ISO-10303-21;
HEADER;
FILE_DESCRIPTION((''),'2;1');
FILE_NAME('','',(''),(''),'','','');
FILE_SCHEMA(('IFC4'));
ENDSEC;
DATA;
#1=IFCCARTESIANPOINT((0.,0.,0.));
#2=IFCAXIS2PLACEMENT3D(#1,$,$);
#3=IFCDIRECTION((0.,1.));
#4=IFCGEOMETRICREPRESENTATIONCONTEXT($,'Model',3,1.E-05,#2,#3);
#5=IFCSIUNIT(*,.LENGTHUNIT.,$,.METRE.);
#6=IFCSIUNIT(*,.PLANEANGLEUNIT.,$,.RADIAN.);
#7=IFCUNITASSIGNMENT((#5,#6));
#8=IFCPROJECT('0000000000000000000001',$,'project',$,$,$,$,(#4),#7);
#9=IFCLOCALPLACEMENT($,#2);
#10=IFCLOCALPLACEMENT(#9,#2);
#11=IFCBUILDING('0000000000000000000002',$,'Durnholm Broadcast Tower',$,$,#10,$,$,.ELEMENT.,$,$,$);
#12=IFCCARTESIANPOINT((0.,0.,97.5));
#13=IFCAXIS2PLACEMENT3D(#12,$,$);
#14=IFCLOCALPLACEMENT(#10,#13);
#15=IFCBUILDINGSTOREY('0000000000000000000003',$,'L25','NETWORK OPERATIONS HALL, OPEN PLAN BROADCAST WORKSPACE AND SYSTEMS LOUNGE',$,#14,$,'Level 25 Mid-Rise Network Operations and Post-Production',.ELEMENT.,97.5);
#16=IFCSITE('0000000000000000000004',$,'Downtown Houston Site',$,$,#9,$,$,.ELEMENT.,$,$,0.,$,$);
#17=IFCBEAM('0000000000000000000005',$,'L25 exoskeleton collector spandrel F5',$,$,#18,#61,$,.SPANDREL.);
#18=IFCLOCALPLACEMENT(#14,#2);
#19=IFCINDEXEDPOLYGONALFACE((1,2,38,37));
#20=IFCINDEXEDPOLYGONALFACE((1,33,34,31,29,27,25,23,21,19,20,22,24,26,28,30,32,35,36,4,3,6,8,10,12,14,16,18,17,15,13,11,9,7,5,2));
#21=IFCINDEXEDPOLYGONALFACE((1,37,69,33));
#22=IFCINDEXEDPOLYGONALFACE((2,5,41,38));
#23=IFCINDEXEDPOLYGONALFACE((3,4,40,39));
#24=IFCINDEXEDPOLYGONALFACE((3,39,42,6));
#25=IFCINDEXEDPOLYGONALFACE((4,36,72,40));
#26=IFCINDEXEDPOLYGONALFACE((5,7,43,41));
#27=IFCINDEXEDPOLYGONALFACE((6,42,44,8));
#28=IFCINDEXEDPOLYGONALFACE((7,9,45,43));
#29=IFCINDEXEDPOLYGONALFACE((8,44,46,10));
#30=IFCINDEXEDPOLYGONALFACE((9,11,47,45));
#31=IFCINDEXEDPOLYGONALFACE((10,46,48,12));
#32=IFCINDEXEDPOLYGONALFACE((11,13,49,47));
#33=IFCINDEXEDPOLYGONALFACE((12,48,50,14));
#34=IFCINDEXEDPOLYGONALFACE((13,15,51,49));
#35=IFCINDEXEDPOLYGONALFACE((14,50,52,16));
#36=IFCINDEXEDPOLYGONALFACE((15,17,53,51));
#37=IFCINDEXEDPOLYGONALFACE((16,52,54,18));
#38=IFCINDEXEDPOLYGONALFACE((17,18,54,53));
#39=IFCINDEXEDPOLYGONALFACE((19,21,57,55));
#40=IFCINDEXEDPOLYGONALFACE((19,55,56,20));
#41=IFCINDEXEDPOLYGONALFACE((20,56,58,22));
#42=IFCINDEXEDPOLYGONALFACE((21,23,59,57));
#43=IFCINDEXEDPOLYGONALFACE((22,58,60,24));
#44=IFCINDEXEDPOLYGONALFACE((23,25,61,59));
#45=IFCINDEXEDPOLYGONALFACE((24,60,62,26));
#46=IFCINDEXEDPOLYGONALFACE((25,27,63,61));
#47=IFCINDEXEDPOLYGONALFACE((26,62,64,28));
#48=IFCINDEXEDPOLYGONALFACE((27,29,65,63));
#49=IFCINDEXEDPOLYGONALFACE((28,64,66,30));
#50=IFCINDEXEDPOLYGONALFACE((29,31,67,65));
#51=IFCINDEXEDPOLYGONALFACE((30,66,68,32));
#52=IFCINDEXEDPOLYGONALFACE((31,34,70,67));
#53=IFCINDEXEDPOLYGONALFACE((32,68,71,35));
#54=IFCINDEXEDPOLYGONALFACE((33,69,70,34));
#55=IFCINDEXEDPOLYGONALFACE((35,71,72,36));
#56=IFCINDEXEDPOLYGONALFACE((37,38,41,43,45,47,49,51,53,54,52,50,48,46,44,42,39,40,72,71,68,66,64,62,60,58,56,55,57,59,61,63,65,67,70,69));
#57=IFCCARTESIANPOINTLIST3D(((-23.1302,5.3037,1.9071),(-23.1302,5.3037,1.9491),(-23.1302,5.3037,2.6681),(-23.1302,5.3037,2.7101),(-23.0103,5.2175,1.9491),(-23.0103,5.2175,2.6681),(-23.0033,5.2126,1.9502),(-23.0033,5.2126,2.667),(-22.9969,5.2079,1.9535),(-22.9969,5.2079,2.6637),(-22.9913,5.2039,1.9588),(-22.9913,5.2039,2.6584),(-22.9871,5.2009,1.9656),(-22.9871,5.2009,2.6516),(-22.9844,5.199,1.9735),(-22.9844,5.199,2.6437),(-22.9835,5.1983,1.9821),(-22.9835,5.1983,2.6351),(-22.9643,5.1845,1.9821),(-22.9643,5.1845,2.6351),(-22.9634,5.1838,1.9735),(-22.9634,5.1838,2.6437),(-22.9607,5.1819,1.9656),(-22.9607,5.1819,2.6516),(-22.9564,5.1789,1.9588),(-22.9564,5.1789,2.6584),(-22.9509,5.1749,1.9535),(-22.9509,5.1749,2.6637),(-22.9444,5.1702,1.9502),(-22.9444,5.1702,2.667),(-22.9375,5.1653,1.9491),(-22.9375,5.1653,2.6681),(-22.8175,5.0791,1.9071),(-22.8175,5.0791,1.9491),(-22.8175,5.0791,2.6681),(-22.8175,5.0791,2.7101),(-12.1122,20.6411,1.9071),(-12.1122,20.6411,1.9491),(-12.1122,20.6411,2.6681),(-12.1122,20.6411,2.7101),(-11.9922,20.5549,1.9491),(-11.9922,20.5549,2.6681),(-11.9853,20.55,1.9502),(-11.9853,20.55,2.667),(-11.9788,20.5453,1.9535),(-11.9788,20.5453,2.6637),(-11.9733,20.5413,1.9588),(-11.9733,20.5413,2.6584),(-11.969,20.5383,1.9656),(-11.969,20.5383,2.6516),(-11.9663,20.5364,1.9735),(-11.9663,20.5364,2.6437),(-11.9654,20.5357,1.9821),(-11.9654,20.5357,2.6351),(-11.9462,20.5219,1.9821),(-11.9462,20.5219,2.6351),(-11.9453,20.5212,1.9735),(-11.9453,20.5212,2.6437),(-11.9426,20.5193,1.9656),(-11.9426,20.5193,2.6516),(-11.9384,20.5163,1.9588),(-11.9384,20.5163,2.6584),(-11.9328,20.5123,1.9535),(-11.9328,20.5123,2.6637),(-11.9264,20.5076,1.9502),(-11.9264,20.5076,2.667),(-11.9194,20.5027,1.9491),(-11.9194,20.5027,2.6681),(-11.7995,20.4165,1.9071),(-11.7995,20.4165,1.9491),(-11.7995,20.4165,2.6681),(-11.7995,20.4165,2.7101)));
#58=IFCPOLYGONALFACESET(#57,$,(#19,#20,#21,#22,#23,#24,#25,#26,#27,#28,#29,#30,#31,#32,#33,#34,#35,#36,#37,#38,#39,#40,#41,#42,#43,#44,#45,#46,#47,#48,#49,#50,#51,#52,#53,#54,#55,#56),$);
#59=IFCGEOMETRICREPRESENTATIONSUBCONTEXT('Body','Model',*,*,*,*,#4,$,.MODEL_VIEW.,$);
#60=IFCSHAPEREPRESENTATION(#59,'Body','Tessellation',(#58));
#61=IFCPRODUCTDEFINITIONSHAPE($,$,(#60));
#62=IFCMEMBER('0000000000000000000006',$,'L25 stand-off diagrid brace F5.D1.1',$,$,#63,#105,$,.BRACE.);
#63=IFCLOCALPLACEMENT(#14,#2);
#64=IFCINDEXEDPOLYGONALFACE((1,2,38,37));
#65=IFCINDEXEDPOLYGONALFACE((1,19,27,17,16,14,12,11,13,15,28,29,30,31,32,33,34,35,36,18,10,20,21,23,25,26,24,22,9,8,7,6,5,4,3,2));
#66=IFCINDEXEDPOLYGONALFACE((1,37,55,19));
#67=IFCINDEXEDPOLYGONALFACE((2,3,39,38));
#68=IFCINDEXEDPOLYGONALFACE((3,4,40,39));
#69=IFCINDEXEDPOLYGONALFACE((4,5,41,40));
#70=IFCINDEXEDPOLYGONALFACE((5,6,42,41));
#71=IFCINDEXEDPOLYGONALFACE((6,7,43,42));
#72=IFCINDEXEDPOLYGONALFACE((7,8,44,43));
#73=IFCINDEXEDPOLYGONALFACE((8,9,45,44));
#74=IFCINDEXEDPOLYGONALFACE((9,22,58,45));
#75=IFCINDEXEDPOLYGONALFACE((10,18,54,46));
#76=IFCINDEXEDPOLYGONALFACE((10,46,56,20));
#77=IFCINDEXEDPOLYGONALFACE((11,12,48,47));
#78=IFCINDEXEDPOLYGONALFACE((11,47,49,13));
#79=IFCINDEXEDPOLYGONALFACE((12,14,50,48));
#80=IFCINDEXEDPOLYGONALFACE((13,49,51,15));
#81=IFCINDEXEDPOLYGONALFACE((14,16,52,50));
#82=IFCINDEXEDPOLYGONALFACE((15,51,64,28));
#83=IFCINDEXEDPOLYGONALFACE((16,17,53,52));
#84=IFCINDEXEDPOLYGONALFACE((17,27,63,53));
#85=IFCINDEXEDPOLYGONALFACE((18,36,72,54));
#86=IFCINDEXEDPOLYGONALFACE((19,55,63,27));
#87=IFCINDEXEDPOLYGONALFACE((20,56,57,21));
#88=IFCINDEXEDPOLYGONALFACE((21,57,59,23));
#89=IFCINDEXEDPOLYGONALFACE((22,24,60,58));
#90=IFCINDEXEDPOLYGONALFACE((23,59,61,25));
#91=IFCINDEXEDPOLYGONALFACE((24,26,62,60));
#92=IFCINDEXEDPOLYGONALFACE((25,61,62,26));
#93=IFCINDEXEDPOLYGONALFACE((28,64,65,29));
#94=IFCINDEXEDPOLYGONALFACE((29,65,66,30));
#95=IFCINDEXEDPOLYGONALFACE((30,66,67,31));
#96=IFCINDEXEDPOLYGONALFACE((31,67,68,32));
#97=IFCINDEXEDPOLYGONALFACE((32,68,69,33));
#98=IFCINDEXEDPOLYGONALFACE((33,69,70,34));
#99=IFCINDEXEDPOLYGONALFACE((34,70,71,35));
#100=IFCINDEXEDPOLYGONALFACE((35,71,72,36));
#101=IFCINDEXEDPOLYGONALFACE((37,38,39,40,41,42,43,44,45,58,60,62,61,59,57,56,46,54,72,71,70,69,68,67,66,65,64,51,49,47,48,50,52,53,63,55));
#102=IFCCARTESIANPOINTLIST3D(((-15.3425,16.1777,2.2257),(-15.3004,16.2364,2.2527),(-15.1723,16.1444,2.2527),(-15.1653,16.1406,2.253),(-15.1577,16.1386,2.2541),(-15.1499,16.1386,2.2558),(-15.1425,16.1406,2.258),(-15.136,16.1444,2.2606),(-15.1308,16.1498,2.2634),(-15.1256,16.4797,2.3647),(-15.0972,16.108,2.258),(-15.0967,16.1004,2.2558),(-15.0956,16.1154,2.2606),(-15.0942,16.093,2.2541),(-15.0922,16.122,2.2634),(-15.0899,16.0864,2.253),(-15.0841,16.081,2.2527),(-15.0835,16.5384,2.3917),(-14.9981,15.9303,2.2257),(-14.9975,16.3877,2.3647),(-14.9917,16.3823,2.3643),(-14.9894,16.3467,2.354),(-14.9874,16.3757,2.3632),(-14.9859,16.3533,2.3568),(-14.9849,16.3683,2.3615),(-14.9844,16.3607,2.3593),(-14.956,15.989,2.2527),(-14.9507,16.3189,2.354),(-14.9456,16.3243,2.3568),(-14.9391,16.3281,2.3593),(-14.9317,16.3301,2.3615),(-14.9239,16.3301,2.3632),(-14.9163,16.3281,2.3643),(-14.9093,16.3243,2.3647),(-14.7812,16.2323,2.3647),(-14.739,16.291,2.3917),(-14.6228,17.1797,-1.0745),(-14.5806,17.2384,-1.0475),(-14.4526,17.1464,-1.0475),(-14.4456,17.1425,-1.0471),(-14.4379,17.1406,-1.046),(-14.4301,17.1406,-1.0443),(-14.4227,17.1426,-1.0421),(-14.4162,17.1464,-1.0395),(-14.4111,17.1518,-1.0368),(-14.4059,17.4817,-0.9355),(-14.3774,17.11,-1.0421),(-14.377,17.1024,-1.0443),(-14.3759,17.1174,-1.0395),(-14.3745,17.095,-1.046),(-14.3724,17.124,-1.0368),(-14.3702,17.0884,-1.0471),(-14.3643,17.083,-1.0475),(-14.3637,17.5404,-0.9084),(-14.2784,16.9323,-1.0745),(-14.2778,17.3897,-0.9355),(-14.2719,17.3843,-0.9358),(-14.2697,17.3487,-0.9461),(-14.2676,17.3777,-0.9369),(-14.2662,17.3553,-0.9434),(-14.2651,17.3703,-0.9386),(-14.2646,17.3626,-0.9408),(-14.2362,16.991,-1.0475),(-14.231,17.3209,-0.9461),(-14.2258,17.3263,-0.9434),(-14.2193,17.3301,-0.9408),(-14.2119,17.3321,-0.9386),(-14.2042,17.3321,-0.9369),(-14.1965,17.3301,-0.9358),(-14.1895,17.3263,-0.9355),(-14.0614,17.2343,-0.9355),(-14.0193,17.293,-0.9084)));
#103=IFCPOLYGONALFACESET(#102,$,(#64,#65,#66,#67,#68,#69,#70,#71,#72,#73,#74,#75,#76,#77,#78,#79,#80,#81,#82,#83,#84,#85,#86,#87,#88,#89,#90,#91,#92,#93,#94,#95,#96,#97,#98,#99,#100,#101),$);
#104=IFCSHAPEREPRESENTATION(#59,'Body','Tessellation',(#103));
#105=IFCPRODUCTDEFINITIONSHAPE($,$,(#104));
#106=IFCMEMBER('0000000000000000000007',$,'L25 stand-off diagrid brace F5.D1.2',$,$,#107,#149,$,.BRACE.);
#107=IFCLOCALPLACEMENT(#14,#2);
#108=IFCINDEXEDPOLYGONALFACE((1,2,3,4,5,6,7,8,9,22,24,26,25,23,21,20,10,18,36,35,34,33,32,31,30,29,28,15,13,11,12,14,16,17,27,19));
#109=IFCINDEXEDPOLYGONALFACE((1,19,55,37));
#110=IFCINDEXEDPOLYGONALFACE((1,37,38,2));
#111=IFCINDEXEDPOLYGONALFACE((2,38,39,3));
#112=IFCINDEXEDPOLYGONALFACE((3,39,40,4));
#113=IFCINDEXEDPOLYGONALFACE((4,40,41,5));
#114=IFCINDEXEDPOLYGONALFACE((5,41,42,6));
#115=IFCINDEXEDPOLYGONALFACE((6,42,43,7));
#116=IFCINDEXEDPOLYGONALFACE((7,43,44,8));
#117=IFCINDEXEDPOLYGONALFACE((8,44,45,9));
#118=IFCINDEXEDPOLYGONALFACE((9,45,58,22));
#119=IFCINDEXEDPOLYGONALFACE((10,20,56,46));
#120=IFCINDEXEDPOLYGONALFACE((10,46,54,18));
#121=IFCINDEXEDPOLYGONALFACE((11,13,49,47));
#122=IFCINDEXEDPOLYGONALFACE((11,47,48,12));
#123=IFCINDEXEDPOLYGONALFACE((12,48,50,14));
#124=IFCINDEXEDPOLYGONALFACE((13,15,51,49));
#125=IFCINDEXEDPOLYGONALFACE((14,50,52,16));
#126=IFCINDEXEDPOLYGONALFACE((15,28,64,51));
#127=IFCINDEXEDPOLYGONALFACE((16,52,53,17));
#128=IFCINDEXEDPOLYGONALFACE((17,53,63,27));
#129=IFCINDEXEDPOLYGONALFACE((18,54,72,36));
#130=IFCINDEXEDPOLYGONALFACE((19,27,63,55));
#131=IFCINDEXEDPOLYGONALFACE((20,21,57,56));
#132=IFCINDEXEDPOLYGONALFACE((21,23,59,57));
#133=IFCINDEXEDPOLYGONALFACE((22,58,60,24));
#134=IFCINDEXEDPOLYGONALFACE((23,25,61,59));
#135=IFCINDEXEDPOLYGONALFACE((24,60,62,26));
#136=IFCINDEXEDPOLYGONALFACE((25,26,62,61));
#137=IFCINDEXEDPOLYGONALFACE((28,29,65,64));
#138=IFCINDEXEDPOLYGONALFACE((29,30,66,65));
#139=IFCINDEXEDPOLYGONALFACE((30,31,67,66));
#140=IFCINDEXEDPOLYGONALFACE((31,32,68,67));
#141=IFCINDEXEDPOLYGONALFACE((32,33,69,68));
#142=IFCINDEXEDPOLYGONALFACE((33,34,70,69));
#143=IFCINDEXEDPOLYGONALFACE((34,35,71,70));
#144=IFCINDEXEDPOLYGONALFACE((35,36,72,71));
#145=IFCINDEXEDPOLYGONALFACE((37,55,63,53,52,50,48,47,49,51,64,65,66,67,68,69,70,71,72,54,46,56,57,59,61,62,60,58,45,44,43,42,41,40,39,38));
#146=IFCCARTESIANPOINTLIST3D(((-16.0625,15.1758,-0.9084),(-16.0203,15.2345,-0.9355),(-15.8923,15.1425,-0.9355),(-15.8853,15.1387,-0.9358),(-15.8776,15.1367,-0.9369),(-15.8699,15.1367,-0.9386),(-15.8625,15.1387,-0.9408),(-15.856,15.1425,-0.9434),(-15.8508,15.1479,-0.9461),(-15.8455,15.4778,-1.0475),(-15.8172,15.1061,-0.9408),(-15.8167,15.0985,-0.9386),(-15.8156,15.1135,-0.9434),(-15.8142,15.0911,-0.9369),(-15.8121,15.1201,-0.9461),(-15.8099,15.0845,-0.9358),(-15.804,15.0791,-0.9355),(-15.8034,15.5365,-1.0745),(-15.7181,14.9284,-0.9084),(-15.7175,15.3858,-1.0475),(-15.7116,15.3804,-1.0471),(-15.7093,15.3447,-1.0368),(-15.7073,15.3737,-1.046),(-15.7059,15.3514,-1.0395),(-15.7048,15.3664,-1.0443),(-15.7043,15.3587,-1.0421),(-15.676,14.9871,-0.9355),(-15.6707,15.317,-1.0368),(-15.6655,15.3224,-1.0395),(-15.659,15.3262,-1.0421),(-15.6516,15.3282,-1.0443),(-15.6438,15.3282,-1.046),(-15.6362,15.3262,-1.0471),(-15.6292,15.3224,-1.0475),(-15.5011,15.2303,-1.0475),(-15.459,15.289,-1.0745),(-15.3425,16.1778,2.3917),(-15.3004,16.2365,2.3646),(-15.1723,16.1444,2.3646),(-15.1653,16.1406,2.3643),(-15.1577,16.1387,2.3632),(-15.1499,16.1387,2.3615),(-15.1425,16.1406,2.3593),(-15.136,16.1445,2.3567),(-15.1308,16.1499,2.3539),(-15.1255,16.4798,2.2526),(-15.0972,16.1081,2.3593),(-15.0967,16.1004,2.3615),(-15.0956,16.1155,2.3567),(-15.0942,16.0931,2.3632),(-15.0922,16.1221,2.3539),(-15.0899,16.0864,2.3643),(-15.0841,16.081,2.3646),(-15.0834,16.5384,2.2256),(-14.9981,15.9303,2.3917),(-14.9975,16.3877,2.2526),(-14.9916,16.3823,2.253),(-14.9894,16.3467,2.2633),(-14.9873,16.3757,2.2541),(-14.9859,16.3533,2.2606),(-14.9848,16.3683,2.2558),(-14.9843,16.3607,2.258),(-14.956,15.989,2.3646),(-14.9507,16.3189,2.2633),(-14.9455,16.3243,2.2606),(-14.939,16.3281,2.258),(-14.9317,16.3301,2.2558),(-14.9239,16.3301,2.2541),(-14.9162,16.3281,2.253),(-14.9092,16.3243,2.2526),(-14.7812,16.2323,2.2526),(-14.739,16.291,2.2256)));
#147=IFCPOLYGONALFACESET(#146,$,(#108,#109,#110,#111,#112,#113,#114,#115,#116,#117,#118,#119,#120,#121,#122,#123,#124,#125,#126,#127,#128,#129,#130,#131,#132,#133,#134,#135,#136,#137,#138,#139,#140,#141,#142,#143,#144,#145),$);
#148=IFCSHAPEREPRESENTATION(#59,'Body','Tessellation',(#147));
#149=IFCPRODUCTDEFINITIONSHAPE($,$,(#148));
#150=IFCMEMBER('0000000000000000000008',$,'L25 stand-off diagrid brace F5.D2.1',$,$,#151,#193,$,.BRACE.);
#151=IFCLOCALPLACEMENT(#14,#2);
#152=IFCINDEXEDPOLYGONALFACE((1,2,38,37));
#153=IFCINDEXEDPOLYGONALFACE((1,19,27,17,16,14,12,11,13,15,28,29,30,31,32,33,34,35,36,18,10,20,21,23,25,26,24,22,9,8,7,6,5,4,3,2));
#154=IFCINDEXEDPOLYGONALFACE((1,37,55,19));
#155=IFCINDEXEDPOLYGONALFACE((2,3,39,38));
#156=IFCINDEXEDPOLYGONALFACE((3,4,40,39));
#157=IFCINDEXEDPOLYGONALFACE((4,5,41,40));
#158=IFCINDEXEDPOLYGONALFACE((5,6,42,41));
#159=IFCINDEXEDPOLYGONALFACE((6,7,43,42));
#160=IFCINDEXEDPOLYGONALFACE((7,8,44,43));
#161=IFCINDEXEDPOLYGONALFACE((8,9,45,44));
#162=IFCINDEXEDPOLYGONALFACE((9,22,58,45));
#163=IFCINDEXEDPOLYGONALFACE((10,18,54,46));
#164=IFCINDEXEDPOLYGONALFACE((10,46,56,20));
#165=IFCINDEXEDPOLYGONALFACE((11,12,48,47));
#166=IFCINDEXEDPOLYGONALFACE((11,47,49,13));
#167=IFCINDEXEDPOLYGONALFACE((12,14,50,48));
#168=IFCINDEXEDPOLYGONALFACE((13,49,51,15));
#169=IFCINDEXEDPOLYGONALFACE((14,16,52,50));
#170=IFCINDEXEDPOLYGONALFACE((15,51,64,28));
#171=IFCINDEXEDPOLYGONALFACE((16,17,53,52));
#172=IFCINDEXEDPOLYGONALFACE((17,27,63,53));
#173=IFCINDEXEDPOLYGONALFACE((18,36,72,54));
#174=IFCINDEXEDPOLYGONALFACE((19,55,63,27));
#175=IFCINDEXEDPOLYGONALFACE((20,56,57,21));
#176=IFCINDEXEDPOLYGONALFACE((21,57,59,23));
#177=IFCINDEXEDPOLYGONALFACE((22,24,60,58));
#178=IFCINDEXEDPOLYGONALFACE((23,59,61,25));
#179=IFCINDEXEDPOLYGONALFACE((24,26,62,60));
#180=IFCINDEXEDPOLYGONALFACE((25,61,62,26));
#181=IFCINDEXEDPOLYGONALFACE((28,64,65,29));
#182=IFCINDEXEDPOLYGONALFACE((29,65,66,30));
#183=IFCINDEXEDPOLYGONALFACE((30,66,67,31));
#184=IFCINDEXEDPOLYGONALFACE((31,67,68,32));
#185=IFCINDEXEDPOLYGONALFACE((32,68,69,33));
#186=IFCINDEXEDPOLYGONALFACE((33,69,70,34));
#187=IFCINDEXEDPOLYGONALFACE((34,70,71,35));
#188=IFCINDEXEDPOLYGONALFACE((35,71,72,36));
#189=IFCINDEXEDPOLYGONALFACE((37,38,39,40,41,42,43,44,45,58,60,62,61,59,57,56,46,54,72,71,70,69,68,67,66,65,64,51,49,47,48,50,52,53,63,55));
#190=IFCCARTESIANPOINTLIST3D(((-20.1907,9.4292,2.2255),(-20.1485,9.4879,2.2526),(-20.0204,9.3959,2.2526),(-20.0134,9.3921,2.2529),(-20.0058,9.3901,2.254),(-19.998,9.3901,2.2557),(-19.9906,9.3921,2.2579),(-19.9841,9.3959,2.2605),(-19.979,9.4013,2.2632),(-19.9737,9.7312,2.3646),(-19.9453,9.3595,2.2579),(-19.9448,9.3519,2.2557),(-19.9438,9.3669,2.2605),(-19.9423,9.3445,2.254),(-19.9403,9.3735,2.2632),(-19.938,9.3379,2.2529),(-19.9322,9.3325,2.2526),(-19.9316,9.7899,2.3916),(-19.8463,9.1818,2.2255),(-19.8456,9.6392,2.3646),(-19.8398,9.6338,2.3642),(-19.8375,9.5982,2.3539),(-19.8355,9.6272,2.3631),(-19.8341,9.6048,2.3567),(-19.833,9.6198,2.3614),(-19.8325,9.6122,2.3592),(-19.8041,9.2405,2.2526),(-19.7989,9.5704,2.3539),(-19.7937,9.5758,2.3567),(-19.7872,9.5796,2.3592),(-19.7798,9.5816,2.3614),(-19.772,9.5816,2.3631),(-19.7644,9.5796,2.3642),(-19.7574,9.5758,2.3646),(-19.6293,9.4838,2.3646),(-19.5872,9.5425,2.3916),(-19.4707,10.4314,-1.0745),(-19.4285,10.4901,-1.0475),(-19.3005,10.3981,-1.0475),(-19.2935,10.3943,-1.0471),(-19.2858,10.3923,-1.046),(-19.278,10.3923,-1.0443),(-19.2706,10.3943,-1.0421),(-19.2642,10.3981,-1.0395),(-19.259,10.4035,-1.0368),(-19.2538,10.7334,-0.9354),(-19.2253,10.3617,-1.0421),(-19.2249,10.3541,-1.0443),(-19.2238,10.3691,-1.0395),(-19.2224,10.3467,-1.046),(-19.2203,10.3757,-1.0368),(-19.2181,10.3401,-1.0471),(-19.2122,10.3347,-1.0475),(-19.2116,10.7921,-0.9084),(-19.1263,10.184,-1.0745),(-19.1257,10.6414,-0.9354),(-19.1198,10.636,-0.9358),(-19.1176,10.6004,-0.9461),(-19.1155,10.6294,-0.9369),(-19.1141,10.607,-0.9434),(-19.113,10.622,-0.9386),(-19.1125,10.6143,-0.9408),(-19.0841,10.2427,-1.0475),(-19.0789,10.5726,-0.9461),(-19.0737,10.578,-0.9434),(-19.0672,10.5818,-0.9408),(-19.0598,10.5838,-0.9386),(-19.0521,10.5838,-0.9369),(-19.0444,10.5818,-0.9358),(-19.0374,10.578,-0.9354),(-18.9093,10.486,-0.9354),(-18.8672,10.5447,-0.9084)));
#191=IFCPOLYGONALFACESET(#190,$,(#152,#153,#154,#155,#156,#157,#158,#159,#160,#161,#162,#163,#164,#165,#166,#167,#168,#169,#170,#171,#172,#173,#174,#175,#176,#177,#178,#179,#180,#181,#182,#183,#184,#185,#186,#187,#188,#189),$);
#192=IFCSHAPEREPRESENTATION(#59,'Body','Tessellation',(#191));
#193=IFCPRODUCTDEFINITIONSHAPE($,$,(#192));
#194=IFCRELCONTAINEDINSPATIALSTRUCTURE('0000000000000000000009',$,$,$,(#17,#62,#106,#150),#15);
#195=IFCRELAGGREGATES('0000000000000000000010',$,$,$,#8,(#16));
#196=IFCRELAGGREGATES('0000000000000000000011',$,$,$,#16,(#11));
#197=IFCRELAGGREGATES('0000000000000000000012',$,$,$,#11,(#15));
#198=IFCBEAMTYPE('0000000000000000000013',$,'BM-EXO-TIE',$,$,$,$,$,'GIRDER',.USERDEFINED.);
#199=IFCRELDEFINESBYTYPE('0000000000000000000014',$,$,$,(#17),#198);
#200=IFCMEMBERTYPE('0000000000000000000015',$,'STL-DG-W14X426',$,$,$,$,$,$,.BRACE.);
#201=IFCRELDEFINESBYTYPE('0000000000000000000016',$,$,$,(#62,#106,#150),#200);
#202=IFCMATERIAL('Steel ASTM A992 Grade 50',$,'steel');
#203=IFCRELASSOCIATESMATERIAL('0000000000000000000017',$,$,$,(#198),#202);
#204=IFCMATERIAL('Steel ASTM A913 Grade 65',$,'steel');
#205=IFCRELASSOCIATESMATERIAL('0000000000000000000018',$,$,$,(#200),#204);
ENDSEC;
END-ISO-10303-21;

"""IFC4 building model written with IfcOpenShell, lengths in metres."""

from ifc_helpers import new_model, si_unit, direction, frame, origin, origin_2d, place, context, subcontext, project, spatial, i_section, extrude, source, transform, mapped, material, material_profile, profile_set, type_object, type_shapes, element, save


model = new_model("IFC4")

# Units and contexts
model_context = context("Model", 3, precision=1e-05, world=origin(), true_north=direction((0.0, 1.0)))
body_context = subcontext(model_context, "Body", "Model", "MODEL_VIEW")
ifc_project = project(units=[si_unit("LENGTHUNIT", "METRE"), si_unit("PLANEANGLEUNIT", "RADIAN")], contexts=[model_context])

# Site, building, storey
site_placement = place(None, origin())
site = spatial("IfcSite", under=ifc_project, at=site_placement, Name="Downtown Houston Site", CompositionType="ELEMENT", RefElevation=0.0)
building_placement = place(site_placement, origin())
building = spatial("IfcBuilding", under=site, at=building_placement, Name="Durnholm Broadcast Tower", CompositionType="ELEMENT")
storey_placement = place(building_placement, frame((0.0, 0.0, 97.5)))
storey = spatial("IfcBuildingStorey", under=building, at=storey_placement, Name="L25", Description="NETWORK OPERATIONS HALL, OPEN PLAN BROADCAST WORKSPACE AND SYSTEMS LOUNGE", LongName="Level 25 Mid-Rise Network Operations and Post-Production", CompositionType="ELEMENT", Elevation=97.5)

# Beam
ifc_material_1 = material(Name="Steel ASTM A992 Grade 50", Category="steel")
ifc_material_profile_1 = material_profile(ifc_material_1, i_section(OverallWidth=0.385, OverallDepth=0.803, WebThickness=0.0237, FlangeThickness=0.042, FilletRadius=0.033, at=origin_2d()), Name="W30X261")
ifc_profile_set_1 = profile_set([ifc_material_profile_1], Name="Steel ASTM A992 Grade 50")
beam_type_1 = type_object("IfcBeamType", Name="BM-EXO-TIE", ElementType="GIRDER", PredefinedType="USERDEFINED", material=ifc_profile_set_1)
shared_shape_1 = source(origin(), body_context, "Body", "SweptSolid", [
    extrude(i_section(OverallWidth=0.385, OverallDepth=0.803, WebThickness=0.0237, FlangeThickness=0.042, FilletRadius=0.033, at=origin_2d()), origin(), (0.0, 0.0, 1.0), 18.8848),
])
beam_1_placement = place(storey_placement, frame((-11.9558, 20.5288, 2.3086), z_axis=(-0.583437, -0.812158, 0.0), x_axis=(0.812158, -0.583437, 0.0)))
element("IfcBeam", 1, at=beam_1_placement, inside=storey, type_object=beam_type_1, Name="L25 exoskeleton collector spandrel F5", PredefinedType="SPANDREL", context=body_context, shape_type="MappedRepresentation", body=[
    mapped(shared_shape_1, transform((0.0, 0.0, 0.0), x_axis=(1.0, 0.0, 0.0), y_axis=(0.0, 1.0, 0.0), z_axis=(0.0, 0.0, 1.0), scale=1.0)),
])

# Members
ifc_material_2 = material(Name="Steel ASTM A913 Grade 65", Category="steel")
ifc_material_profile_2 = material_profile(ifc_material_2, i_section(OverallWidth=0.4241, OverallDepth=0.4741, WebThickness=0.0476, FlangeThickness=0.0771, FilletRadius=0.0305, at=origin_2d()), Name="W14X426")
ifc_profile_set_2 = profile_set([ifc_material_profile_2], Name="Steel ASTM A913 Grade 65")
member_type_1 = type_object("IfcMemberType", Name="STL-DG-W14X426", PredefinedType="BRACE", material=ifc_profile_set_2)
shared_shape_2 = source(origin(), body_context, "Body", "SweptSolid", [
    extrude(i_section(OverallWidth=0.4241, OverallDepth=0.4741, WebThickness=0.0476, FlangeThickness=0.0771, FilletRadius=0.0305, at=origin_2d()), origin(), (0.0, 0.0, 1.0), 3.5232),
])
type_shapes(member_type_1, [shared_shape_2])
for number, where, z_axis, x_axis, name in (
    (2, (-14.321, 17.2363, -0.9915), (-0.204288, -0.284395, 0.936689), (0.812179, -0.583408, 0.0), "L25 stand-off diagrid brace F5.D1.1"),
    (3, (-15.7607, 15.2324, -0.9915), (0.204354, 0.284391, 0.936675), (-0.812086, 0.583538, 0.0), "L25 stand-off diagrid brace F5.D1.2"),
    (4, (-19.1689, 10.488, -0.9915), (-0.20435, -0.284455, 0.936657), (0.812153, -0.583444, 0.0), "L25 stand-off diagrid brace F5.D2.1"),
):
    element("IfcMember", number, at=place(storey_placement, frame(where, z_axis=z_axis, x_axis=x_axis)), inside=storey, type_object=member_type_1, Name=name, PredefinedType="BRACE", context=body_context, shape_type="MappedRepresentation", body=[
        mapped(shared_shape_2, transform((0.0, 0.0, 0.0), x_axis=(1.0, 0.0, 0.0), y_axis=(0.0, 1.0, 0.0), z_axis=(0.0, 0.0, 1.0), scale=1.0)),
    ])

save(model, "model.ifc")
